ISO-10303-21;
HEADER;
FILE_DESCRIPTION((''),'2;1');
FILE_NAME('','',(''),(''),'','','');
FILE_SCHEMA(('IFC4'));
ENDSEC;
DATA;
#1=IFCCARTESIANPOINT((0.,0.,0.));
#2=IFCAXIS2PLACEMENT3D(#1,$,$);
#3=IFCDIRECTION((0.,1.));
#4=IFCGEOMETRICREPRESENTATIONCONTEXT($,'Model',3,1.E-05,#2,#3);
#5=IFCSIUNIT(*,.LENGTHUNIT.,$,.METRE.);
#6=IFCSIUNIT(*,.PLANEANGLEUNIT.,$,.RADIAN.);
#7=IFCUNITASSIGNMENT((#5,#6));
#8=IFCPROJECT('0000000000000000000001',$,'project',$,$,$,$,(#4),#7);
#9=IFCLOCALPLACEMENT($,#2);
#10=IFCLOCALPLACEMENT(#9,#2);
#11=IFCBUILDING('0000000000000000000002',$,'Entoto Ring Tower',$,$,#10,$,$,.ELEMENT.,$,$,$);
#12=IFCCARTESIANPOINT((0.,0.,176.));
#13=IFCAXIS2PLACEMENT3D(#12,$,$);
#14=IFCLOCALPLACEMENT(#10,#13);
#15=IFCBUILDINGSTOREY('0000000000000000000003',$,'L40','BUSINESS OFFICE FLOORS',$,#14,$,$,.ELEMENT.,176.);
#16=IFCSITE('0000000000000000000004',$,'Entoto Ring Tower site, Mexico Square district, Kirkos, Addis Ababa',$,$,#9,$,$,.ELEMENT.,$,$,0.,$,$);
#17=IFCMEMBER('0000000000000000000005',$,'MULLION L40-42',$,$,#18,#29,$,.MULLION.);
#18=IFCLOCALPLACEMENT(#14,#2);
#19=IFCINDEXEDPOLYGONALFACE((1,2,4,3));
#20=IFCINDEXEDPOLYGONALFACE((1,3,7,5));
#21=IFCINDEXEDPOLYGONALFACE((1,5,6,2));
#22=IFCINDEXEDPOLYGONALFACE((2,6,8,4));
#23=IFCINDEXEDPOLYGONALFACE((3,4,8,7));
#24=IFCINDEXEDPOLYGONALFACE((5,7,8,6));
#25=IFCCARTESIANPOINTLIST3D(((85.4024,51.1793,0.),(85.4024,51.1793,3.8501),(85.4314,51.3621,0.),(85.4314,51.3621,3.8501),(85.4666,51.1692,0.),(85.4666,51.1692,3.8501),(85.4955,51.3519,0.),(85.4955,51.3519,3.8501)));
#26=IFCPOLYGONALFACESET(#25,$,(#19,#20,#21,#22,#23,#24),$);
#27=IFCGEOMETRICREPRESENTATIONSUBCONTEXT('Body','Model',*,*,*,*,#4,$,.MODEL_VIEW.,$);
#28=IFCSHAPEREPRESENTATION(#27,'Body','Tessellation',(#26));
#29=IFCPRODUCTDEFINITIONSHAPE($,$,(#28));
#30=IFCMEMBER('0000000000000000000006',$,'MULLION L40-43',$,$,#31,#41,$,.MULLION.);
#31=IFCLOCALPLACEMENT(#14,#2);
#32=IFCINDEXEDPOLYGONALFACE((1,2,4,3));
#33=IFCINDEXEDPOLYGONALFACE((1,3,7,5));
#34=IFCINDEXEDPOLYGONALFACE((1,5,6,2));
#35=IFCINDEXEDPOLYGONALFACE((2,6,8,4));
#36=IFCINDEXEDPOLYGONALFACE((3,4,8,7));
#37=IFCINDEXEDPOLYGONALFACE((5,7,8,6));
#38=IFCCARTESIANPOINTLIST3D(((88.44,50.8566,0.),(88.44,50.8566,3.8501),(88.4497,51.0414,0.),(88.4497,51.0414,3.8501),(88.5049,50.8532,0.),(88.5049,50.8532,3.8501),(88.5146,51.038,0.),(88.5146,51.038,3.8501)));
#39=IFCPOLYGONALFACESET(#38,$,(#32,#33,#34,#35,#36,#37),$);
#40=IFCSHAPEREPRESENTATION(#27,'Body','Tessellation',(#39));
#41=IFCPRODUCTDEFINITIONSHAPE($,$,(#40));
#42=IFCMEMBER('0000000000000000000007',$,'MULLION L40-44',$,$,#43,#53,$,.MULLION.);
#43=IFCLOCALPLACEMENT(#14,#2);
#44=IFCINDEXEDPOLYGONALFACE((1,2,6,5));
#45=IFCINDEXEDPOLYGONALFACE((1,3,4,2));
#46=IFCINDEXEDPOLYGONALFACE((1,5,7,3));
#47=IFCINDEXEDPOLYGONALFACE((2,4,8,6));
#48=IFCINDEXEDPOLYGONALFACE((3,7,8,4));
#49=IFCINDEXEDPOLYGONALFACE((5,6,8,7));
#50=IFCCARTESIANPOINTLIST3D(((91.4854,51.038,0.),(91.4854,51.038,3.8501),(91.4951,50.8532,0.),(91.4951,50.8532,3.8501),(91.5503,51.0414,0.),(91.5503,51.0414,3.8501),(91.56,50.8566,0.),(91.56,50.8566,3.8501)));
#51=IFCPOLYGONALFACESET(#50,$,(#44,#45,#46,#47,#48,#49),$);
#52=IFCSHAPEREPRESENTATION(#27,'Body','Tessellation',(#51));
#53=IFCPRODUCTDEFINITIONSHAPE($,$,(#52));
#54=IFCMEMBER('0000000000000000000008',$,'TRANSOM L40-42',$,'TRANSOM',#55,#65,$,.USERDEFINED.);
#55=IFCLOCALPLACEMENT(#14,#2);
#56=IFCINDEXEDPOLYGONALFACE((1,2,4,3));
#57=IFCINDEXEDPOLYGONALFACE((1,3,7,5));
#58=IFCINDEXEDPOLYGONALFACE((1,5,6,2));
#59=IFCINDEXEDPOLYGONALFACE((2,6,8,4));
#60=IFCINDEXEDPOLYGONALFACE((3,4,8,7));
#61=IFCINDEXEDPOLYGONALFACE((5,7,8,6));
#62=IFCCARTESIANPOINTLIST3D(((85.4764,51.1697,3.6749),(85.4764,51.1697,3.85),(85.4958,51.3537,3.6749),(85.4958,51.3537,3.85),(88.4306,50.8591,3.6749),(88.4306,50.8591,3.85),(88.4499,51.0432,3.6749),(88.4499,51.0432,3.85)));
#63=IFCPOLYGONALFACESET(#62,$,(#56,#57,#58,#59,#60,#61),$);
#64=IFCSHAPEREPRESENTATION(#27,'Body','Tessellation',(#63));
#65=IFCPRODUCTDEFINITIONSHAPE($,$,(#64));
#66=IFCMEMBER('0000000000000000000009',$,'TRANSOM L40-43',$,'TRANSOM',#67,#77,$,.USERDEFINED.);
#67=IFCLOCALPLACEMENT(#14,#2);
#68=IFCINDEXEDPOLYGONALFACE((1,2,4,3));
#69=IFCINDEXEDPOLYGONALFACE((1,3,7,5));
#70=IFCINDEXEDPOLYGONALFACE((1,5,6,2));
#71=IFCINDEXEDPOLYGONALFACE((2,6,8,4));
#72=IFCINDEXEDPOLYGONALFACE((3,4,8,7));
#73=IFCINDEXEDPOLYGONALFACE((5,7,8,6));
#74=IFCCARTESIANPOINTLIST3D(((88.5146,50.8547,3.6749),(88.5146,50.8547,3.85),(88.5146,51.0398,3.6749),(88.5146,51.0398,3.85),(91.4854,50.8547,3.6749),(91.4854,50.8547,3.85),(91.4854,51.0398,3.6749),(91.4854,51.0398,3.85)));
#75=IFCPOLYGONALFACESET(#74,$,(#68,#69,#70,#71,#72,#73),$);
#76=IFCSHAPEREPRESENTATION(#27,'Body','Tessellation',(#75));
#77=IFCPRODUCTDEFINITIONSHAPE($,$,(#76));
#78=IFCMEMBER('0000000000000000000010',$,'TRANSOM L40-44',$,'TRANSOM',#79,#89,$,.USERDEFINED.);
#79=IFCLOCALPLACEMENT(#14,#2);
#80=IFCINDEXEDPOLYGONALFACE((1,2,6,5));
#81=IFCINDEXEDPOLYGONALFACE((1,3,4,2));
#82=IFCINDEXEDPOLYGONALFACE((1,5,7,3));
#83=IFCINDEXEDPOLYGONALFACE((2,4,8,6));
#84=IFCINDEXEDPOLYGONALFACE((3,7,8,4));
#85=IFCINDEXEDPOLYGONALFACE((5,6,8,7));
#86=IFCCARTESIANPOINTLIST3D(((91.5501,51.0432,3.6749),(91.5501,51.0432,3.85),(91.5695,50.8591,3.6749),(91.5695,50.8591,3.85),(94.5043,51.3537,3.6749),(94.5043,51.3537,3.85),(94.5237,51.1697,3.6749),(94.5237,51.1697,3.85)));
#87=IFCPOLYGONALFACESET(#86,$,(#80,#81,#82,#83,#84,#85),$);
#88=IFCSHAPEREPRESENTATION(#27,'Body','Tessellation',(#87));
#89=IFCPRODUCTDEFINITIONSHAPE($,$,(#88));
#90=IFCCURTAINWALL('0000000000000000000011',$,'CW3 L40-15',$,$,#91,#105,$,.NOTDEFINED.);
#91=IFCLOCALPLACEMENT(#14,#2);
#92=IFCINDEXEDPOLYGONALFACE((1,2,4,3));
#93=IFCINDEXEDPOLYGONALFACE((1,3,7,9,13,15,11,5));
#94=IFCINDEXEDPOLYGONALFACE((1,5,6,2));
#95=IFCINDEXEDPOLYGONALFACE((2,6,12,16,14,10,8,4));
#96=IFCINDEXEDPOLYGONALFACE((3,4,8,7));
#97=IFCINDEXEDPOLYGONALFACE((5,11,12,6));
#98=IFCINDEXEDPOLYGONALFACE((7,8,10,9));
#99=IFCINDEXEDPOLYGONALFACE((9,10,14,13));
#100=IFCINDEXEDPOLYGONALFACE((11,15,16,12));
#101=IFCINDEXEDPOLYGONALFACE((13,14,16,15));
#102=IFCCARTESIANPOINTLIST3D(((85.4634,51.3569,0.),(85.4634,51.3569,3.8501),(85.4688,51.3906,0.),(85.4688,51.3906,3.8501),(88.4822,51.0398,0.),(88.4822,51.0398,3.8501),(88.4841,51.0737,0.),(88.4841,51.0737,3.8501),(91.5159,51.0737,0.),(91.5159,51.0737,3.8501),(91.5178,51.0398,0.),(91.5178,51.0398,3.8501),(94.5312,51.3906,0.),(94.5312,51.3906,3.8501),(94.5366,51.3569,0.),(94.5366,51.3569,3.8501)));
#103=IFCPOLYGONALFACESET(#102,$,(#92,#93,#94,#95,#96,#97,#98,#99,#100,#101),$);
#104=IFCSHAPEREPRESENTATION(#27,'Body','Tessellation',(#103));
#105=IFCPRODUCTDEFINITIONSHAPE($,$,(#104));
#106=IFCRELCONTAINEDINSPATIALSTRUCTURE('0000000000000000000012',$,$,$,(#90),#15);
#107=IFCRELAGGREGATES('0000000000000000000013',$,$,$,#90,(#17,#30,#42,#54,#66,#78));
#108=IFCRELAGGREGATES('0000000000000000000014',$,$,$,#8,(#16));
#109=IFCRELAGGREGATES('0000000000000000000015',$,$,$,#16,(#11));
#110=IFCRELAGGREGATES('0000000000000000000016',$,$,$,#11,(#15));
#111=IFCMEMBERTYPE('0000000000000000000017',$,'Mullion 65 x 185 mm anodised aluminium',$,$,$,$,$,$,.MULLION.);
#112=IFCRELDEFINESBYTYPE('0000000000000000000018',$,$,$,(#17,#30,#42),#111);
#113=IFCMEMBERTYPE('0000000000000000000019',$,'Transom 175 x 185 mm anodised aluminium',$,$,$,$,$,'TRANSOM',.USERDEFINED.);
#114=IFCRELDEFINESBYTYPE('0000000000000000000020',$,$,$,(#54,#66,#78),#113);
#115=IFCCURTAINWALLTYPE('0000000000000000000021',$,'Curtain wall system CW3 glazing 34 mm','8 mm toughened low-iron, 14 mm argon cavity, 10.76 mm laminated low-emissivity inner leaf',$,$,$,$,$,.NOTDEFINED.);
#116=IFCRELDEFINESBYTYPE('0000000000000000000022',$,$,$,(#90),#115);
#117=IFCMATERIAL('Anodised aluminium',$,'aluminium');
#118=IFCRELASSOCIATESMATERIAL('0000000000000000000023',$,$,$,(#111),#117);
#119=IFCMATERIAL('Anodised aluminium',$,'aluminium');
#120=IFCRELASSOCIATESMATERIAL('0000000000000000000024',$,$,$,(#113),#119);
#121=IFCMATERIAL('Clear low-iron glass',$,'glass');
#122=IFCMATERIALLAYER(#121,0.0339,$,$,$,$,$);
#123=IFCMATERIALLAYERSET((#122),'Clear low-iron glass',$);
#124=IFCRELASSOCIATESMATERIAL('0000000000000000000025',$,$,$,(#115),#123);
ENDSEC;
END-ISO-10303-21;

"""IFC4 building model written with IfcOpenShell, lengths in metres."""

from ifc_helpers import new_model, si_unit, direction, frame, origin, origin_2d, place, context, subcontext, project, spatial, polyline, rectangle, outline, extrude, material, layer, layer_set, material_profile, profile_set, type_object, element, aggregate, save


model = new_model("IFC4")

# Units and contexts
model_context = context("Model", 3, precision=1e-05, world=origin(), true_north=direction((0.0, 1.0)))
body_context = subcontext(model_context, "Body", "Model", "MODEL_VIEW")
ifc_project = project(units=[si_unit("LENGTHUNIT", "METRE"), si_unit("PLANEANGLEUNIT", "RADIAN")], contexts=[model_context])

# Members
ifc_material_1 = material(Name="Anodised aluminium", Category="aluminium")
ifc_material_profile_1 = material_profile(ifc_material_1, rectangle(XDim=0.0649, YDim=0.1851, at=origin_2d()), Name="Mullion 65 x 185 mm anodised aluminium")
ifc_profile_set_1 = profile_set([ifc_material_profile_1], Name="Anodised aluminium")
member_type_1 = type_object("IfcMemberType", Name="Mullion 65 x 185 mm anodised aluminium", PredefinedType="MULLION", material=ifc_profile_set_1)
site_placement = place(None, origin())
building_placement = place(site_placement, origin())
storey_placement = place(building_placement, frame((0.0, 0.0, 176.0)))
member_1_placement = place(storey_placement, frame((85.449, 51.2656, 0.0), z_axis=(0.0, 0.0, 1.0), x_axis=(0.987688, -0.156434, 0.0)))
member_1 = element("IfcMember", 1, at=member_1_placement, type_object=member_type_1, Name="MULLION L40-42", PredefinedType="MULLION", context=body_context, shape_type="SweptSolid", body=[
    extrude(rectangle(XDim=0.0649, YDim=0.1851, at=origin_2d()), origin(), (0.0, 0.0, 1.0), 3.8501),
])
member_2_placement = place(storey_placement, frame((88.4773, 50.9473, 0.0), z_axis=(0.0, 0.0, 1.0), x_axis=(0.99863, -0.052336, 0.0)))
member_2 = element("IfcMember", 2, at=member_2_placement, type_object=member_type_1, Name="MULLION L40-43", PredefinedType="MULLION", context=body_context, shape_type="SweptSolid", body=[
    extrude(rectangle(XDim=0.0649, YDim=0.1851, at=origin_2d()), origin(), (0.0, 0.0, 1.0), 3.8501),
])
member_3_placement = place(storey_placement, frame((91.5227, 50.9473, 0.0), z_axis=(0.0, 0.0, 1.0), x_axis=(0.99863, 0.052336, 0.0)))
member_3 = element("IfcMember", 3, at=member_3_placement, type_object=member_type_1, Name="MULLION L40-44", PredefinedType="MULLION", context=body_context, shape_type="SweptSolid", body=[
    extrude(rectangle(XDim=0.0649, YDim=0.1851, at=origin_2d()), origin(), (0.0, 0.0, 1.0), 3.8501),
])
ifc_material_2 = material(Name="Anodised aluminium", Category="aluminium")
ifc_material_profile_2 = material_profile(ifc_material_2, rectangle(XDim=0.1851, YDim=0.175, at=origin_2d()), Name="Transom 175 x 185 mm anodised aluminium")
ifc_profile_set_2 = profile_set([ifc_material_profile_2], Name="Anodised aluminium")
member_type_2 = type_object("IfcMemberType", Name="Transom 175 x 185 mm anodised aluminium", ElementType="TRANSOM", PredefinedType="USERDEFINED", material=ifc_profile_set_2)
member_4_placement = place(storey_placement, frame((85.4861, 51.2617, 3.7625), z_axis=(0.99452, -0.104548, 0.0), x_axis=(0.104548, 0.99452, 0.0)))
member_4 = element("IfcMember", 4, at=member_4_placement, type_object=member_type_2, Name="TRANSOM L40-42", ObjectType="TRANSOM", PredefinedType="USERDEFINED", context=body_context, shape_type="SweptSolid", body=[
    extrude(rectangle(XDim=0.1851, YDim=0.175, at=origin_2d()), origin(), (0.0, 0.0, 1.0), 2.9705),
])
member_5_placement = place(storey_placement, frame((88.5146, 50.9473, 3.7625), z_axis=(1.0, 0.0, 0.0), x_axis=(0.0, 1.0, 0.0)))
member_5 = element("IfcMember", 5, at=member_5_placement, type_object=member_type_2, Name="TRANSOM L40-43", ObjectType="TRANSOM", PredefinedType="USERDEFINED", context=body_context, shape_type="SweptSolid", body=[
    extrude(rectangle(XDim=0.1851, YDim=0.175, at=origin_2d()), origin(), (0.0, 0.0, 1.0), 2.9707),
])
member_6_placement = place(storey_placement, frame((91.5598, 50.9512, 3.7625), z_axis=(0.99452, 0.104548, 0.0), x_axis=(-0.104548, 0.99452, 0.0)))
member_6 = element("IfcMember", 6, at=member_6_placement, type_object=member_type_2, Name="TRANSOM L40-44", ObjectType="TRANSOM", PredefinedType="USERDEFINED", context=body_context, shape_type="SweptSolid", body=[
    extrude(rectangle(XDim=0.1851, YDim=0.175, at=origin_2d()), origin(), (0.0, 0.0, 1.0), 2.9705),
])

# Site, building, storey
site = spatial("IfcSite", under=ifc_project, at=site_placement, Name="Entoto Ring Tower site, Mexico Square district, Kirkos, Addis Ababa", CompositionType="ELEMENT", RefElevation=0.0)
building = spatial("IfcBuilding", under=site, at=building_placement, Name="Entoto Ring Tower", CompositionType="ELEMENT")
storey = spatial("IfcBuildingStorey", under=building, at=storey_placement, Name="L40", Description="BUSINESS OFFICE FLOORS", CompositionType="ELEMENT", Elevation=176.0)

# Curtain wall
ifc_material_3 = material(Name="Clear low-iron glass", Category="glass")
ifc_layer = layer(ifc_material_3, 0.0339)
ifc_layer_set = layer_set([ifc_layer], Name="Clear low-iron glass")
curtain_wall_type = type_object("IfcCurtainWallType", Name="Curtain wall system CW3 glazing 34 mm", Description="8 mm toughened low-iron, 14 mm argon cavity, 10.76 mm laminated low-emissivity inner leaf", PredefinedType="NOTDEFINED", material=ifc_layer_set)
curtain_wall_1_placement = place(storey_placement, origin())
curtain_wall_1 = element("IfcCurtainWall", 7, at=curtain_wall_1_placement, inside=storey, type_object=curtain_wall_type, Name="CW3 L40-15", PredefinedType="NOTDEFINED", context=body_context, shape_type="SweptSolid", body=[
    extrude(outline(polyline([(85.4634, 51.3569), (88.4822, 51.0398), (91.5178, 51.0398), (94.5366, 51.3569), (94.5312, 51.3906), (91.5159, 51.0737), (88.4841, 51.0737), (85.4688, 51.3906), (85.4634, 51.3569)])), origin(), (0.0, 0.0, 1.0), 3.8501),
])
aggregate(curtain_wall_1, [member_1, member_2, member_3, member_4, member_5, member_6])

save(model, "model.ifc")
